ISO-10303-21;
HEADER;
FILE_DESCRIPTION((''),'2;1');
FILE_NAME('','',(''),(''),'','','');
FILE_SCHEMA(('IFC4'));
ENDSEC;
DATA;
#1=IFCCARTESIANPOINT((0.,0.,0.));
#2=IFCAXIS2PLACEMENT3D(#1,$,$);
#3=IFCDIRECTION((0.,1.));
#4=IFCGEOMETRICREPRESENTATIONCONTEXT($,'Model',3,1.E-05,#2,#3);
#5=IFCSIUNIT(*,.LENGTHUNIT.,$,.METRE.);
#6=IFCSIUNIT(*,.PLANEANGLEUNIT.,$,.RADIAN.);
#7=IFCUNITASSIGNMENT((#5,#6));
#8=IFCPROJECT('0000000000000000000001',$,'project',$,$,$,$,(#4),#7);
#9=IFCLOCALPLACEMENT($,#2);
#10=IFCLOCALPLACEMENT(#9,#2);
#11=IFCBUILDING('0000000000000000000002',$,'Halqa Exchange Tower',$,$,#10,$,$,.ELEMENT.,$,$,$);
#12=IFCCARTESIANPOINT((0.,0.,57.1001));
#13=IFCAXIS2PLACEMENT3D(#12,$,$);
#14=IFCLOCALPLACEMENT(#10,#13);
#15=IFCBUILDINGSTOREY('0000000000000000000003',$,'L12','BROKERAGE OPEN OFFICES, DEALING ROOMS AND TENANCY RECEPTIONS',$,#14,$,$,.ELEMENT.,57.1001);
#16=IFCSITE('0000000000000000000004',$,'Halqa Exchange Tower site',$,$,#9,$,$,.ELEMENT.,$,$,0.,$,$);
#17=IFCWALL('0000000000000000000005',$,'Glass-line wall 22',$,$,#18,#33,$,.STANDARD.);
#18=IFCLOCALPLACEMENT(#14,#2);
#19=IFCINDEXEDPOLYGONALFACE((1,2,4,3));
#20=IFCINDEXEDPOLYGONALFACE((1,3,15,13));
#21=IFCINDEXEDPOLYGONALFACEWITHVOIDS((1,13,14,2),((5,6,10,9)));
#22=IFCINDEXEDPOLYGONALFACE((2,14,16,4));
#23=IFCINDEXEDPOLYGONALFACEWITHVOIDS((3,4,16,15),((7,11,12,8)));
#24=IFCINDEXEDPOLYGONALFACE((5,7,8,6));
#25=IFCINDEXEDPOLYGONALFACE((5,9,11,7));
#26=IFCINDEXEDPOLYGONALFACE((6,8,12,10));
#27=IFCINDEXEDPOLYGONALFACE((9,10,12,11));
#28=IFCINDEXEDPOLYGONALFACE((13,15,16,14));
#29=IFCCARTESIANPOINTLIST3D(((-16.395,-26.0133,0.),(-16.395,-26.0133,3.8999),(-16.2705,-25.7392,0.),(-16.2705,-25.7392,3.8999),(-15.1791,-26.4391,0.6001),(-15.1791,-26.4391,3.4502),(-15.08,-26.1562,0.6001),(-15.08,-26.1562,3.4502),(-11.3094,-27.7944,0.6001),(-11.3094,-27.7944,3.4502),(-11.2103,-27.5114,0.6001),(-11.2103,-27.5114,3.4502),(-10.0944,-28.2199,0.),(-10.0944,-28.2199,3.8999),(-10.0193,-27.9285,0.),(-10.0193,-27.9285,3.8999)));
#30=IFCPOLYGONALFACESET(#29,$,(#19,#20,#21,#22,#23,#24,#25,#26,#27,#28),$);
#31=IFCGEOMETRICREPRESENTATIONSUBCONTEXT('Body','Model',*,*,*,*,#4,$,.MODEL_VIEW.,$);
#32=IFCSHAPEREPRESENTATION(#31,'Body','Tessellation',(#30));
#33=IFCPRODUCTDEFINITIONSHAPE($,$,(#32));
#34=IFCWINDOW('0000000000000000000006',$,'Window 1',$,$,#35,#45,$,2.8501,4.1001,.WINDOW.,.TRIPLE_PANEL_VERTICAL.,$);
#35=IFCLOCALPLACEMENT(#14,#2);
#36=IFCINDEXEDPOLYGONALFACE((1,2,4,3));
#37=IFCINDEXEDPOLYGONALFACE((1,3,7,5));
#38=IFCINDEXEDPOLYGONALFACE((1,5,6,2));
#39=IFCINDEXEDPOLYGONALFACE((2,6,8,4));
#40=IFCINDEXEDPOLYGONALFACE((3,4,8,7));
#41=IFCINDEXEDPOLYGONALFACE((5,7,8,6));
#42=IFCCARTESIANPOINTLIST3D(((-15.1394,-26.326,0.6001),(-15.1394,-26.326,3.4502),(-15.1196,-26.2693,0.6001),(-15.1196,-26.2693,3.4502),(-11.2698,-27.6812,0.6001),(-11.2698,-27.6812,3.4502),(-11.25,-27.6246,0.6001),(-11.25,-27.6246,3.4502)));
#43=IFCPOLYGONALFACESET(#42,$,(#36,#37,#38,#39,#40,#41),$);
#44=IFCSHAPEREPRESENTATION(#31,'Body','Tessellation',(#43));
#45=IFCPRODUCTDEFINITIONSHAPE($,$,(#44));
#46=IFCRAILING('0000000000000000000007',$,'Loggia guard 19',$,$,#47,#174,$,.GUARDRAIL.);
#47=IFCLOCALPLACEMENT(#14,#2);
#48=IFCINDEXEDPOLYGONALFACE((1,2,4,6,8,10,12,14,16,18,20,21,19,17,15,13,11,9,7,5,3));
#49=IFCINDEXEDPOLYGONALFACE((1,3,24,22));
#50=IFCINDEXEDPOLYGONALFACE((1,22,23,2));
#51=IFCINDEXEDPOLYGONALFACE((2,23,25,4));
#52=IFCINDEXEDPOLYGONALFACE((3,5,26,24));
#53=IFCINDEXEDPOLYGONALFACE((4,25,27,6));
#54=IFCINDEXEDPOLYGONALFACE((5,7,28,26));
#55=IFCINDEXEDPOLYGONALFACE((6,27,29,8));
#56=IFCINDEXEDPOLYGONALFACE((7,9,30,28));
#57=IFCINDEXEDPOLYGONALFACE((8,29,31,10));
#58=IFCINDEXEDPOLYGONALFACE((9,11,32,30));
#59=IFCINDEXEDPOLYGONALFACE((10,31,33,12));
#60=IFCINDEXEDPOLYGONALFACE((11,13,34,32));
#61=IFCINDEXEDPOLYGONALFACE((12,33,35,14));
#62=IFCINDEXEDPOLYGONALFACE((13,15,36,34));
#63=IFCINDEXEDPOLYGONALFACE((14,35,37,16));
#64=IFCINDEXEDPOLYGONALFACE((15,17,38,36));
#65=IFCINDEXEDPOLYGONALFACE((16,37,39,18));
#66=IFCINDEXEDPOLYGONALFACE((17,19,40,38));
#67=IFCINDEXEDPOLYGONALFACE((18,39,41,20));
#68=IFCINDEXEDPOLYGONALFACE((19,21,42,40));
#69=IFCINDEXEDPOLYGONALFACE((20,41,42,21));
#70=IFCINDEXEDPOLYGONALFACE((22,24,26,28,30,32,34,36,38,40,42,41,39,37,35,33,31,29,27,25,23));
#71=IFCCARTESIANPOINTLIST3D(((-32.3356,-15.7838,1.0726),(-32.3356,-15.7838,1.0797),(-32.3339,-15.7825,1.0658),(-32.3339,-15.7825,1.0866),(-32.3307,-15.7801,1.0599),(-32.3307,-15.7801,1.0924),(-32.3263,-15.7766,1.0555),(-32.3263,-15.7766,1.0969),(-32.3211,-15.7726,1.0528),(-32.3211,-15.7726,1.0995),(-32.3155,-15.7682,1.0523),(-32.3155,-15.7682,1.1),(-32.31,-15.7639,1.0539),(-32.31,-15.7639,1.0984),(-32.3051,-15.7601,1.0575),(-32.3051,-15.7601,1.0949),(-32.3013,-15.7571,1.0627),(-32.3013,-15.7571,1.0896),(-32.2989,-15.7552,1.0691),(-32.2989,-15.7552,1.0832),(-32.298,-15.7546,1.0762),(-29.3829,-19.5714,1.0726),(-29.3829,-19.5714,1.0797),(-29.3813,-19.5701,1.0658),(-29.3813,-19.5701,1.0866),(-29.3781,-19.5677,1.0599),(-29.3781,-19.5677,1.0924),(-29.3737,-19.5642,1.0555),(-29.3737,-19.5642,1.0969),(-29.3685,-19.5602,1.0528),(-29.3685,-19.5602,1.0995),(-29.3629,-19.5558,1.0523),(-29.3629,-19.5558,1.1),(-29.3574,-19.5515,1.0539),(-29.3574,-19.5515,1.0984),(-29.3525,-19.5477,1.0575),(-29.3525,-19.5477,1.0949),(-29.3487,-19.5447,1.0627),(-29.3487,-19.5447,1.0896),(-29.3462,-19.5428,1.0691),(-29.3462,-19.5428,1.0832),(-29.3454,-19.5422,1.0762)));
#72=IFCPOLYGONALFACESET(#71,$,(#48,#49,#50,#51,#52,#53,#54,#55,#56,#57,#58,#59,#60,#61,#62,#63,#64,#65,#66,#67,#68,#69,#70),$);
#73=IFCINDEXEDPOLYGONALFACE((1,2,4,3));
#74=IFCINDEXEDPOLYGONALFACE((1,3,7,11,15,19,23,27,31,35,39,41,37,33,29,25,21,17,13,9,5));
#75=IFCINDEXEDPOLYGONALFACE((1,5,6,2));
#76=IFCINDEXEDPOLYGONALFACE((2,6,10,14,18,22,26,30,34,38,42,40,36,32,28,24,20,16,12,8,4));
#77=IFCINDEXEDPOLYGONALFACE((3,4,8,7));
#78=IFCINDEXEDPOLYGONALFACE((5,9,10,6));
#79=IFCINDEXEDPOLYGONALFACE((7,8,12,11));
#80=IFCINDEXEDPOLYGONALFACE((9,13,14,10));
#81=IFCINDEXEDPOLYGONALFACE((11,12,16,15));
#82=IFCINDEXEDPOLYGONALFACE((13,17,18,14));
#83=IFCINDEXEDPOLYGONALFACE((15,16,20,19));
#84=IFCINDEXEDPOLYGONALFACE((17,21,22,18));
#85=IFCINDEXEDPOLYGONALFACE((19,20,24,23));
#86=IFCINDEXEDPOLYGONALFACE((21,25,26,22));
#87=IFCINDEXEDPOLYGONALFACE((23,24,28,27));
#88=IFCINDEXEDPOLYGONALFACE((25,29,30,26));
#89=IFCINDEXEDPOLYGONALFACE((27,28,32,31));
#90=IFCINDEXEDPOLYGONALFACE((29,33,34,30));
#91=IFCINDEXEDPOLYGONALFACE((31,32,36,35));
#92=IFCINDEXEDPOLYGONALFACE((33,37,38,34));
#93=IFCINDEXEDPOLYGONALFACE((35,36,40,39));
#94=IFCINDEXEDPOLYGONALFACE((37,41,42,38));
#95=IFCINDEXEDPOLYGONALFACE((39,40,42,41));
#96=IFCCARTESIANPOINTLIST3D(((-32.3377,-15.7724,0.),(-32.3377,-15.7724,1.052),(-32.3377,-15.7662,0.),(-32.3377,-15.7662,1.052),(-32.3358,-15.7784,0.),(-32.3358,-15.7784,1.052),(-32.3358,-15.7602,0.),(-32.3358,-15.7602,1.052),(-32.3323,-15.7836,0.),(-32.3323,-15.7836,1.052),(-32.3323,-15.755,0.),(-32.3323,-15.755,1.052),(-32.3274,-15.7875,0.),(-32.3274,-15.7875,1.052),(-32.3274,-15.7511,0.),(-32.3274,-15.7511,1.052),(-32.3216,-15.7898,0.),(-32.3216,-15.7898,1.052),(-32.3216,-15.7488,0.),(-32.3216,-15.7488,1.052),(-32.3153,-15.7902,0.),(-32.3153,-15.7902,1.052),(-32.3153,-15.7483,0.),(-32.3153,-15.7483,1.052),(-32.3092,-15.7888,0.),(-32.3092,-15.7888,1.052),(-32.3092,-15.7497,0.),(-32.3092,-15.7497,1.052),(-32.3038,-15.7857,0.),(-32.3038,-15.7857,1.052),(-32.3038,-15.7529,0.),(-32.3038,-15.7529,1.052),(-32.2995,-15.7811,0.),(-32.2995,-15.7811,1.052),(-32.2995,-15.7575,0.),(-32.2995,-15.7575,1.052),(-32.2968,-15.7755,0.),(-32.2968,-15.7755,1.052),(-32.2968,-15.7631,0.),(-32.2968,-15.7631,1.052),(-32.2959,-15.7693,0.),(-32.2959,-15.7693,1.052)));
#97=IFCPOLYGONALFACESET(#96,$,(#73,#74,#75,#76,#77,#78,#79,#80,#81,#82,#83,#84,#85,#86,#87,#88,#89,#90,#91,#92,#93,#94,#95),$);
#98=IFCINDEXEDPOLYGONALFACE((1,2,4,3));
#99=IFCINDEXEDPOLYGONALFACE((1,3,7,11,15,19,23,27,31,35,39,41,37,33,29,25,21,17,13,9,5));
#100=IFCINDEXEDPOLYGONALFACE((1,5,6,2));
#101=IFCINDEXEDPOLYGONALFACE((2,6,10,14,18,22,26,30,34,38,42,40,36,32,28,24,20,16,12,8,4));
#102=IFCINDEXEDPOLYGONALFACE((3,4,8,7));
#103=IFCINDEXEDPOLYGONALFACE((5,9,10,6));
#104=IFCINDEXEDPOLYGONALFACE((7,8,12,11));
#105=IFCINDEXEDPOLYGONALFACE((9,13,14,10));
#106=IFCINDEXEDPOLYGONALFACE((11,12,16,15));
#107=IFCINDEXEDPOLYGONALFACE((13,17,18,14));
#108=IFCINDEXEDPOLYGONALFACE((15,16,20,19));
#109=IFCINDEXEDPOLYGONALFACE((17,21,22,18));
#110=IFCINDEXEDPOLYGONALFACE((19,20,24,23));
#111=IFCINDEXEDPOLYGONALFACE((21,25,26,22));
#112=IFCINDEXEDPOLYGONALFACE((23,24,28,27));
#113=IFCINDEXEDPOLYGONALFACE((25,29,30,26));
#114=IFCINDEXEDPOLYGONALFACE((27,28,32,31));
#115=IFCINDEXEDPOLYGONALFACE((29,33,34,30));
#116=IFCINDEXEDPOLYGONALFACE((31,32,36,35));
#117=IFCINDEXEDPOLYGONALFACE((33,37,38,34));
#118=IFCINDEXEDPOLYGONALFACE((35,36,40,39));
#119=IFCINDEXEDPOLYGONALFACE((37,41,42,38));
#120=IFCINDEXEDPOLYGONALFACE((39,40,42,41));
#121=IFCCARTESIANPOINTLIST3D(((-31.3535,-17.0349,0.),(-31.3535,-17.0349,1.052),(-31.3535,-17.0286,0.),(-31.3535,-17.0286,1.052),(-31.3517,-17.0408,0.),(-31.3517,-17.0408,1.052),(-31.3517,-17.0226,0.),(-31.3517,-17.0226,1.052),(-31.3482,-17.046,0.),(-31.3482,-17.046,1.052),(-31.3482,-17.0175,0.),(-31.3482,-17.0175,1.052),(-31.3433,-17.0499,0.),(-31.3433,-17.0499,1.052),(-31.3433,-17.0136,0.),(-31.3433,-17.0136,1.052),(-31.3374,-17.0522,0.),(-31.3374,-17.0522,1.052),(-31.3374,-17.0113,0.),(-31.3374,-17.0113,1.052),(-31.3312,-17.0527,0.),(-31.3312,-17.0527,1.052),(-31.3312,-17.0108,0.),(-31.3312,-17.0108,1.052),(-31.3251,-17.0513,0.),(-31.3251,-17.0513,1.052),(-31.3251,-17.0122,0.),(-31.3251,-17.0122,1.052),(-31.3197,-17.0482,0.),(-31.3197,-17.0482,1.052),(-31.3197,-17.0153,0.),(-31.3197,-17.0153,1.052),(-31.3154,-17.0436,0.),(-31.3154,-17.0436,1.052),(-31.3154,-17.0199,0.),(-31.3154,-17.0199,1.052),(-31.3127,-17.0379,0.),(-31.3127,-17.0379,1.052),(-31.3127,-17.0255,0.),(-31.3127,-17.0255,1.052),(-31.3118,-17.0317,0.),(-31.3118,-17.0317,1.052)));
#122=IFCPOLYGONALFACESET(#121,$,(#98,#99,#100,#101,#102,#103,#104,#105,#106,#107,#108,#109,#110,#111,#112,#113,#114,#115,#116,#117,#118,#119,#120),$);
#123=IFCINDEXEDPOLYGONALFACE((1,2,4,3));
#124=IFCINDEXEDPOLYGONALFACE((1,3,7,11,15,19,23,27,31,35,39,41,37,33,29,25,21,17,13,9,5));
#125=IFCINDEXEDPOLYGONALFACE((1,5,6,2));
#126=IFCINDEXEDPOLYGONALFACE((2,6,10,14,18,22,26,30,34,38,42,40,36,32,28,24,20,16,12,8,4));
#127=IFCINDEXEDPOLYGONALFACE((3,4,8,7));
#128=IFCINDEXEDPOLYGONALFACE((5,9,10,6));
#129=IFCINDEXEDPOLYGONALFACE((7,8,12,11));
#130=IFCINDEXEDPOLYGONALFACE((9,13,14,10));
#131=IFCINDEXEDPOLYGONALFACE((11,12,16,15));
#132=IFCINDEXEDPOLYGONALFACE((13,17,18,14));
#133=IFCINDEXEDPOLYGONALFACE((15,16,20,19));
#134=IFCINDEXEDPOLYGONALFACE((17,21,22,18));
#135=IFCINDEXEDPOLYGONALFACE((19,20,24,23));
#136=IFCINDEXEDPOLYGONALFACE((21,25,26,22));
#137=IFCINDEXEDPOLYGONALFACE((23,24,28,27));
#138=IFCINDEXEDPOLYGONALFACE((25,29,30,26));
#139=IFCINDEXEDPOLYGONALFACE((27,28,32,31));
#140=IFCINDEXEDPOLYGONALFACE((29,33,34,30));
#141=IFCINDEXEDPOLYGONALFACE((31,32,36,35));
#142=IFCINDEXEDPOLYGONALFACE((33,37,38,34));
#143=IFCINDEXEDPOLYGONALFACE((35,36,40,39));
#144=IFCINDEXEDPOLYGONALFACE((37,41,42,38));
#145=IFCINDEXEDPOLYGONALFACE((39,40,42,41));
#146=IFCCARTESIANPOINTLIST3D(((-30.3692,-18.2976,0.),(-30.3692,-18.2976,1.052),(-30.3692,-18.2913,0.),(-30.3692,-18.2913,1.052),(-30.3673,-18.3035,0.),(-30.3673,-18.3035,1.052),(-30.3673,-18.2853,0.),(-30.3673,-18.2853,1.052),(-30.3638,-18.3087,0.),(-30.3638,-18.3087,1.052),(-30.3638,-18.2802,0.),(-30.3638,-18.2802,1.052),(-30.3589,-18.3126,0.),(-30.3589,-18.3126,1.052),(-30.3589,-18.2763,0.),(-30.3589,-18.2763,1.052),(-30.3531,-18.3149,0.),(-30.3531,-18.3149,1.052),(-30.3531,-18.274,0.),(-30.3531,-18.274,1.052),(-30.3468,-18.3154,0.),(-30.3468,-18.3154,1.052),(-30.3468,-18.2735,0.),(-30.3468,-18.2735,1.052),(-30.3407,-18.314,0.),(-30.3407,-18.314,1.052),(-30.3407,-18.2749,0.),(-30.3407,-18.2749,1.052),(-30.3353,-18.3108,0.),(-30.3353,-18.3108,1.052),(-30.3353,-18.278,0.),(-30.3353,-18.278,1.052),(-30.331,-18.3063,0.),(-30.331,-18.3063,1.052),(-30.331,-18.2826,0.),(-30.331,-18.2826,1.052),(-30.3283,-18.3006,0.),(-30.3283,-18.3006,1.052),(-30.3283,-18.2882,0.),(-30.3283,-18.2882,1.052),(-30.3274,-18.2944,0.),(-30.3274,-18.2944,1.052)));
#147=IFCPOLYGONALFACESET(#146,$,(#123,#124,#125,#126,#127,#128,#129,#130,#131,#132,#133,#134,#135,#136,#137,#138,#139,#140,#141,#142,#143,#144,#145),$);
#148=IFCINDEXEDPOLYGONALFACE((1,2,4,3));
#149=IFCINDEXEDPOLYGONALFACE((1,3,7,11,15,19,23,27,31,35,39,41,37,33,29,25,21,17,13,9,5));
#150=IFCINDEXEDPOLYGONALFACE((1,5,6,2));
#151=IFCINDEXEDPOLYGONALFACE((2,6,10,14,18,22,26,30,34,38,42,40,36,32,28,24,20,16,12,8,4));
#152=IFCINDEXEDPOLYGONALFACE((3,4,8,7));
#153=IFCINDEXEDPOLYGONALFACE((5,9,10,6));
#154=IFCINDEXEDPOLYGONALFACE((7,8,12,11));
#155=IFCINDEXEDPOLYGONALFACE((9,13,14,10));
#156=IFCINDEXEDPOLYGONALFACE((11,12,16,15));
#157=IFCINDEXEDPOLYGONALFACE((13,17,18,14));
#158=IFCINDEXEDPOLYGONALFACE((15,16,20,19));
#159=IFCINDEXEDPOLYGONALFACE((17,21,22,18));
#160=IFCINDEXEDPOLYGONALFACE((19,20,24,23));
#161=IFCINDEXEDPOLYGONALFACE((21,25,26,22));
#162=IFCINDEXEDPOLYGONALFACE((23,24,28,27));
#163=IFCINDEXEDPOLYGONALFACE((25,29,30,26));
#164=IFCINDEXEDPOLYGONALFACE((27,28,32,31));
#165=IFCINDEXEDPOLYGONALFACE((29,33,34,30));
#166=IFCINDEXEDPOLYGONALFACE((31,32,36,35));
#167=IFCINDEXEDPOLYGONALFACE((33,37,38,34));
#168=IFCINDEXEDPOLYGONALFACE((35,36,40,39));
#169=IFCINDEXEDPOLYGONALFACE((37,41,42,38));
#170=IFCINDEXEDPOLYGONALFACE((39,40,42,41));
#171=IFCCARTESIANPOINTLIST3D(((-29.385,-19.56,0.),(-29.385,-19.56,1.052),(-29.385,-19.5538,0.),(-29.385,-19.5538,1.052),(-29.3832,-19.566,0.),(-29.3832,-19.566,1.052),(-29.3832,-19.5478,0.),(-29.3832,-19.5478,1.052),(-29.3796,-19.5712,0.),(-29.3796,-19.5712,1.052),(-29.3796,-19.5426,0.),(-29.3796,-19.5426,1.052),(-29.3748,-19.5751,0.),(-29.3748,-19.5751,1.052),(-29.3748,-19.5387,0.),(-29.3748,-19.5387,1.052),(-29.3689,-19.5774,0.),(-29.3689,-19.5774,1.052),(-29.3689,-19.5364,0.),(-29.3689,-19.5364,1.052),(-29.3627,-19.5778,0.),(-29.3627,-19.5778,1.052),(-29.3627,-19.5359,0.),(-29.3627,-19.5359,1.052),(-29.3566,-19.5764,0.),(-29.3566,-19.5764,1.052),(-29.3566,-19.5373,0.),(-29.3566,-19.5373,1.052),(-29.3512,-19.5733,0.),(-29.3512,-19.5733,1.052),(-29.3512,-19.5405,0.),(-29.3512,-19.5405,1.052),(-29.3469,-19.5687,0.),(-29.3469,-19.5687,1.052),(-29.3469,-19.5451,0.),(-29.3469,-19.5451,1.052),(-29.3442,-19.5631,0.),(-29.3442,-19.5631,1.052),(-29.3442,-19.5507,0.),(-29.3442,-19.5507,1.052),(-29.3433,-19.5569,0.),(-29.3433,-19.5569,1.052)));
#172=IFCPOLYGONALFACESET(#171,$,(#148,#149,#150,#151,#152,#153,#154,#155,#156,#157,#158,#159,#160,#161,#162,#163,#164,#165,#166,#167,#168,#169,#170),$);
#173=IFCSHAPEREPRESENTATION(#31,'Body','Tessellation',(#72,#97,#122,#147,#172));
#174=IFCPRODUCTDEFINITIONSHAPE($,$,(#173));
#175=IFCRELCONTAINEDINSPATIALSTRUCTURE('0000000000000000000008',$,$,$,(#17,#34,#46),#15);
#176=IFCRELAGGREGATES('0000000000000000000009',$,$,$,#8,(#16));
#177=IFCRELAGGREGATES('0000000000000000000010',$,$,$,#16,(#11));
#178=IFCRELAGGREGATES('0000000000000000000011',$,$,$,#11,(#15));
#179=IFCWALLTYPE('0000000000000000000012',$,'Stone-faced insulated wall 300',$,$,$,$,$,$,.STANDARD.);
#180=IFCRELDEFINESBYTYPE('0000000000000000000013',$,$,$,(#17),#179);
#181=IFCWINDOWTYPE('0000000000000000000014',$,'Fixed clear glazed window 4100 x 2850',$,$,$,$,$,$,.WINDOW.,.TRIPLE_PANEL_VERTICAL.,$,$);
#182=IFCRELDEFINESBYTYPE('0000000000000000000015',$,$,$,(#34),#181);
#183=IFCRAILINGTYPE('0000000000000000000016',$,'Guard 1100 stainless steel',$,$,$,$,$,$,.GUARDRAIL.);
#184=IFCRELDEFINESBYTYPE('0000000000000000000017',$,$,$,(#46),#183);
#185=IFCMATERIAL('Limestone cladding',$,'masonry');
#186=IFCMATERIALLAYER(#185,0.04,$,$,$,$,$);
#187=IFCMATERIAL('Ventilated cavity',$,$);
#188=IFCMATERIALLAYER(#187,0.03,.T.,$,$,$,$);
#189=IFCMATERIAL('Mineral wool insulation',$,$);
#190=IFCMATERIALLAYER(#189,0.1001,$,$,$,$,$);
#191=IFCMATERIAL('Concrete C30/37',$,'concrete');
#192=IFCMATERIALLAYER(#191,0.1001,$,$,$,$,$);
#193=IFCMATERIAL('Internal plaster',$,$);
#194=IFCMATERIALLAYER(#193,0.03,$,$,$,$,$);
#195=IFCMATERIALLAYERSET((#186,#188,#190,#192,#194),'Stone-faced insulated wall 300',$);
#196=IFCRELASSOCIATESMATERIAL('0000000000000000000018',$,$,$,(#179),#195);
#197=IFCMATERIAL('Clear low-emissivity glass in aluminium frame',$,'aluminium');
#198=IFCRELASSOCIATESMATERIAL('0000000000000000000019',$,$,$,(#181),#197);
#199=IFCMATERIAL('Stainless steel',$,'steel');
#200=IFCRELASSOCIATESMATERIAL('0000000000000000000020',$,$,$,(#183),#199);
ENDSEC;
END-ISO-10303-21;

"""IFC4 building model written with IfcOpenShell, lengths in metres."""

from ifc_helpers import new_model, si_unit, direction, frame, frame_2d, origin, origin_2d, place, context, subcontext, project, spatial, polyline, rectangle, circle, outline, extrude, material, layer, layer_set, type_object, element, fill, save


model = new_model("IFC4")

# Units and contexts
model_context = context("Model", 3, precision=1e-05, world=origin(), true_north=direction((0.0, 1.0)))
body_context = subcontext(model_context, "Body", "Model", "MODEL_VIEW")
ifc_project = project(units=[si_unit("LENGTHUNIT", "METRE"), si_unit("PLANEANGLEUNIT", "RADIAN")], contexts=[model_context])

# Site, building, storey
site_placement = place(None, origin())
site = spatial("IfcSite", under=ifc_project, at=site_placement, Name="Halqa Exchange Tower site", CompositionType="ELEMENT", RefElevation=0.0)
building_placement = place(site_placement, origin())
building = spatial("IfcBuilding", under=site, at=building_placement, Name="Halqa Exchange Tower", CompositionType="ELEMENT")
storey_placement = place(building_placement, frame((0.0, 0.0, 57.1001)))
storey = spatial("IfcBuildingStorey", under=building, at=storey_placement, Name="L12", Description="BROKERAGE OPEN OFFICES, DEALING ROOMS AND TENANCY RECEPTIONS", CompositionType="ELEMENT", Elevation=57.1001)

# Shared definitions
ifc_material_1 = material(Name="Limestone cladding", Category="masonry")
ifc_layer_1 = layer(ifc_material_1, 0.04)
ifc_material_2 = material(Name="Ventilated cavity")
ifc_layer_2 = layer(ifc_material_2, 0.03, ventilated=True)
ifc_material_3 = material(Name="Mineral wool insulation")
ifc_layer_3 = layer(ifc_material_3, 0.1001)
ifc_material_4 = material(Name="Concrete C30/37", Category="concrete")
ifc_layer_4 = layer(ifc_material_4, 0.1001)
ifc_material_5 = material(Name="Internal plaster")
ifc_layer_5 = layer(ifc_material_5, 0.03)
ifc_layer_set_1 = layer_set([ifc_layer_1, ifc_layer_2, ifc_layer_3, ifc_layer_4, ifc_layer_5], Name="Stone-faced insulated wall 300")
wall_type_1 = type_object("IfcWallType", Name="Stone-faced insulated wall 300", PredefinedType="STANDARD", material=ifc_layer_set_1)
ifc_material_6 = material(Name="Clear low-emissivity glass in aluminium frame", Category="aluminium")

# Wall, opening, window
window_type = type_object("IfcWindowType", Name="Fixed clear glazed window 4100 x 2850", PartitioningType="TRIPLE_PANEL_VERTICAL", PredefinedType="WINDOW", material=ifc_material_6)
wall_1_placement = place(storey_placement, frame((-16.3328, -25.8762, 0.0), z_axis=(0.0, 0.0, 1.0), x_axis=(0.943791, -0.330543, 0.0)))
wall_1 = element("IfcWall", 1, at=wall_1_placement, inside=storey, type_object=wall_type_1, Name="Glass-line wall 22", PredefinedType="STANDARD", context=body_context, shape_type="SweptSolid", body=[
    extrude(outline(polyline([(-0.0134, -0.1499), (6.6624, -0.1499), (6.637, 0.1499), (0.0134, 0.1499), (-0.0134, -0.1499)])), origin(), (0.0, 0.0, 1.0), 3.8999),
])
opening_1_placement = place(wall_1_placement, frame((1.2749, 0.0, 0.6001)))
opening_1 = element("IfcOpeningElement", 2, at=opening_1_placement, cuts=wall_1, PredefinedType="OPENING", context=body_context, shape_type="SweptSolid", body=[
    extrude(rectangle(XDim=4.1001, YDim=2.8501, at=frame_2d((2.05, 1.425))), frame((0.0, 0.1621, 0.0), z_axis=(0.0, -1.0, 0.0), x_axis=(1.0, 0.0, 0.0)), (0.0, 0.0, 1.0), 0.324),
])
window_1_placement = place(opening_1_placement, origin())
window_1 = element("IfcWindow", 3, at=window_1_placement, inside=storey, type_object=window_type, Name="Window 1", OverallHeight=2.8501, OverallWidth=4.1001, PartitioningType="TRIPLE_PANEL_VERTICAL", PredefinedType="WINDOW", context=body_context, shape_type="SweptSolid", body=[
    extrude(rectangle(XDim=4.1001, YDim=2.8501, at=frame_2d((2.05, 1.425))), frame((0.0, 0.03, 0.0), z_axis=(0.0, -1.0, 0.0), x_axis=(1.0, 0.0, 0.0)), (0.0, 0.0, 1.0), 0.0601),
])
fill(opening_1, window_1)

# Railing
ifc_material_7 = material(Name="Stainless steel", Category="steel")
railing_type = type_object("IfcRailingType", Name="Guard 1100 stainless steel", PredefinedType="GUARDRAIL", material=ifc_material_7)
railing_1_placement = place(storey_placement, frame((-32.3169, -15.7693, 0.0)))
element("IfcRailing", 4, at=railing_1_placement, inside=storey, type_object=railing_type, Name="Loggia guard 19", PredefinedType="GUARDRAIL", context=body_context, shape_type="SweptSolid", body=[
    extrude(circle(Radius=0.0239, at=origin_2d()), frame((0.0, 0.0, 1.0762), z_axis=(0.614813, -0.788673, 0.0), x_axis=(0.788673, 0.614813, 0.0)), (0.0, 0.0, 1.0), 4.8025),
    extrude(circle(Radius=0.021, at=origin_2d()), origin(), (0.0, 0.0, 1.0), 1.052),
    extrude(circle(Radius=0.021, at=origin_2d()), frame((0.9841, -1.2625, 0.0)), (0.0, 0.0, 1.0), 1.052),
    extrude(circle(Radius=0.021, at=origin_2d()), frame((1.9685, -2.5251, 0.0)), (0.0, 0.0, 1.0), 1.052),
    extrude(circle(Radius=0.021, at=origin_2d()), frame((2.9526, -3.7876, 0.0)), (0.0, 0.0, 1.0), 1.052),
])

save(model, "model.ifc")
